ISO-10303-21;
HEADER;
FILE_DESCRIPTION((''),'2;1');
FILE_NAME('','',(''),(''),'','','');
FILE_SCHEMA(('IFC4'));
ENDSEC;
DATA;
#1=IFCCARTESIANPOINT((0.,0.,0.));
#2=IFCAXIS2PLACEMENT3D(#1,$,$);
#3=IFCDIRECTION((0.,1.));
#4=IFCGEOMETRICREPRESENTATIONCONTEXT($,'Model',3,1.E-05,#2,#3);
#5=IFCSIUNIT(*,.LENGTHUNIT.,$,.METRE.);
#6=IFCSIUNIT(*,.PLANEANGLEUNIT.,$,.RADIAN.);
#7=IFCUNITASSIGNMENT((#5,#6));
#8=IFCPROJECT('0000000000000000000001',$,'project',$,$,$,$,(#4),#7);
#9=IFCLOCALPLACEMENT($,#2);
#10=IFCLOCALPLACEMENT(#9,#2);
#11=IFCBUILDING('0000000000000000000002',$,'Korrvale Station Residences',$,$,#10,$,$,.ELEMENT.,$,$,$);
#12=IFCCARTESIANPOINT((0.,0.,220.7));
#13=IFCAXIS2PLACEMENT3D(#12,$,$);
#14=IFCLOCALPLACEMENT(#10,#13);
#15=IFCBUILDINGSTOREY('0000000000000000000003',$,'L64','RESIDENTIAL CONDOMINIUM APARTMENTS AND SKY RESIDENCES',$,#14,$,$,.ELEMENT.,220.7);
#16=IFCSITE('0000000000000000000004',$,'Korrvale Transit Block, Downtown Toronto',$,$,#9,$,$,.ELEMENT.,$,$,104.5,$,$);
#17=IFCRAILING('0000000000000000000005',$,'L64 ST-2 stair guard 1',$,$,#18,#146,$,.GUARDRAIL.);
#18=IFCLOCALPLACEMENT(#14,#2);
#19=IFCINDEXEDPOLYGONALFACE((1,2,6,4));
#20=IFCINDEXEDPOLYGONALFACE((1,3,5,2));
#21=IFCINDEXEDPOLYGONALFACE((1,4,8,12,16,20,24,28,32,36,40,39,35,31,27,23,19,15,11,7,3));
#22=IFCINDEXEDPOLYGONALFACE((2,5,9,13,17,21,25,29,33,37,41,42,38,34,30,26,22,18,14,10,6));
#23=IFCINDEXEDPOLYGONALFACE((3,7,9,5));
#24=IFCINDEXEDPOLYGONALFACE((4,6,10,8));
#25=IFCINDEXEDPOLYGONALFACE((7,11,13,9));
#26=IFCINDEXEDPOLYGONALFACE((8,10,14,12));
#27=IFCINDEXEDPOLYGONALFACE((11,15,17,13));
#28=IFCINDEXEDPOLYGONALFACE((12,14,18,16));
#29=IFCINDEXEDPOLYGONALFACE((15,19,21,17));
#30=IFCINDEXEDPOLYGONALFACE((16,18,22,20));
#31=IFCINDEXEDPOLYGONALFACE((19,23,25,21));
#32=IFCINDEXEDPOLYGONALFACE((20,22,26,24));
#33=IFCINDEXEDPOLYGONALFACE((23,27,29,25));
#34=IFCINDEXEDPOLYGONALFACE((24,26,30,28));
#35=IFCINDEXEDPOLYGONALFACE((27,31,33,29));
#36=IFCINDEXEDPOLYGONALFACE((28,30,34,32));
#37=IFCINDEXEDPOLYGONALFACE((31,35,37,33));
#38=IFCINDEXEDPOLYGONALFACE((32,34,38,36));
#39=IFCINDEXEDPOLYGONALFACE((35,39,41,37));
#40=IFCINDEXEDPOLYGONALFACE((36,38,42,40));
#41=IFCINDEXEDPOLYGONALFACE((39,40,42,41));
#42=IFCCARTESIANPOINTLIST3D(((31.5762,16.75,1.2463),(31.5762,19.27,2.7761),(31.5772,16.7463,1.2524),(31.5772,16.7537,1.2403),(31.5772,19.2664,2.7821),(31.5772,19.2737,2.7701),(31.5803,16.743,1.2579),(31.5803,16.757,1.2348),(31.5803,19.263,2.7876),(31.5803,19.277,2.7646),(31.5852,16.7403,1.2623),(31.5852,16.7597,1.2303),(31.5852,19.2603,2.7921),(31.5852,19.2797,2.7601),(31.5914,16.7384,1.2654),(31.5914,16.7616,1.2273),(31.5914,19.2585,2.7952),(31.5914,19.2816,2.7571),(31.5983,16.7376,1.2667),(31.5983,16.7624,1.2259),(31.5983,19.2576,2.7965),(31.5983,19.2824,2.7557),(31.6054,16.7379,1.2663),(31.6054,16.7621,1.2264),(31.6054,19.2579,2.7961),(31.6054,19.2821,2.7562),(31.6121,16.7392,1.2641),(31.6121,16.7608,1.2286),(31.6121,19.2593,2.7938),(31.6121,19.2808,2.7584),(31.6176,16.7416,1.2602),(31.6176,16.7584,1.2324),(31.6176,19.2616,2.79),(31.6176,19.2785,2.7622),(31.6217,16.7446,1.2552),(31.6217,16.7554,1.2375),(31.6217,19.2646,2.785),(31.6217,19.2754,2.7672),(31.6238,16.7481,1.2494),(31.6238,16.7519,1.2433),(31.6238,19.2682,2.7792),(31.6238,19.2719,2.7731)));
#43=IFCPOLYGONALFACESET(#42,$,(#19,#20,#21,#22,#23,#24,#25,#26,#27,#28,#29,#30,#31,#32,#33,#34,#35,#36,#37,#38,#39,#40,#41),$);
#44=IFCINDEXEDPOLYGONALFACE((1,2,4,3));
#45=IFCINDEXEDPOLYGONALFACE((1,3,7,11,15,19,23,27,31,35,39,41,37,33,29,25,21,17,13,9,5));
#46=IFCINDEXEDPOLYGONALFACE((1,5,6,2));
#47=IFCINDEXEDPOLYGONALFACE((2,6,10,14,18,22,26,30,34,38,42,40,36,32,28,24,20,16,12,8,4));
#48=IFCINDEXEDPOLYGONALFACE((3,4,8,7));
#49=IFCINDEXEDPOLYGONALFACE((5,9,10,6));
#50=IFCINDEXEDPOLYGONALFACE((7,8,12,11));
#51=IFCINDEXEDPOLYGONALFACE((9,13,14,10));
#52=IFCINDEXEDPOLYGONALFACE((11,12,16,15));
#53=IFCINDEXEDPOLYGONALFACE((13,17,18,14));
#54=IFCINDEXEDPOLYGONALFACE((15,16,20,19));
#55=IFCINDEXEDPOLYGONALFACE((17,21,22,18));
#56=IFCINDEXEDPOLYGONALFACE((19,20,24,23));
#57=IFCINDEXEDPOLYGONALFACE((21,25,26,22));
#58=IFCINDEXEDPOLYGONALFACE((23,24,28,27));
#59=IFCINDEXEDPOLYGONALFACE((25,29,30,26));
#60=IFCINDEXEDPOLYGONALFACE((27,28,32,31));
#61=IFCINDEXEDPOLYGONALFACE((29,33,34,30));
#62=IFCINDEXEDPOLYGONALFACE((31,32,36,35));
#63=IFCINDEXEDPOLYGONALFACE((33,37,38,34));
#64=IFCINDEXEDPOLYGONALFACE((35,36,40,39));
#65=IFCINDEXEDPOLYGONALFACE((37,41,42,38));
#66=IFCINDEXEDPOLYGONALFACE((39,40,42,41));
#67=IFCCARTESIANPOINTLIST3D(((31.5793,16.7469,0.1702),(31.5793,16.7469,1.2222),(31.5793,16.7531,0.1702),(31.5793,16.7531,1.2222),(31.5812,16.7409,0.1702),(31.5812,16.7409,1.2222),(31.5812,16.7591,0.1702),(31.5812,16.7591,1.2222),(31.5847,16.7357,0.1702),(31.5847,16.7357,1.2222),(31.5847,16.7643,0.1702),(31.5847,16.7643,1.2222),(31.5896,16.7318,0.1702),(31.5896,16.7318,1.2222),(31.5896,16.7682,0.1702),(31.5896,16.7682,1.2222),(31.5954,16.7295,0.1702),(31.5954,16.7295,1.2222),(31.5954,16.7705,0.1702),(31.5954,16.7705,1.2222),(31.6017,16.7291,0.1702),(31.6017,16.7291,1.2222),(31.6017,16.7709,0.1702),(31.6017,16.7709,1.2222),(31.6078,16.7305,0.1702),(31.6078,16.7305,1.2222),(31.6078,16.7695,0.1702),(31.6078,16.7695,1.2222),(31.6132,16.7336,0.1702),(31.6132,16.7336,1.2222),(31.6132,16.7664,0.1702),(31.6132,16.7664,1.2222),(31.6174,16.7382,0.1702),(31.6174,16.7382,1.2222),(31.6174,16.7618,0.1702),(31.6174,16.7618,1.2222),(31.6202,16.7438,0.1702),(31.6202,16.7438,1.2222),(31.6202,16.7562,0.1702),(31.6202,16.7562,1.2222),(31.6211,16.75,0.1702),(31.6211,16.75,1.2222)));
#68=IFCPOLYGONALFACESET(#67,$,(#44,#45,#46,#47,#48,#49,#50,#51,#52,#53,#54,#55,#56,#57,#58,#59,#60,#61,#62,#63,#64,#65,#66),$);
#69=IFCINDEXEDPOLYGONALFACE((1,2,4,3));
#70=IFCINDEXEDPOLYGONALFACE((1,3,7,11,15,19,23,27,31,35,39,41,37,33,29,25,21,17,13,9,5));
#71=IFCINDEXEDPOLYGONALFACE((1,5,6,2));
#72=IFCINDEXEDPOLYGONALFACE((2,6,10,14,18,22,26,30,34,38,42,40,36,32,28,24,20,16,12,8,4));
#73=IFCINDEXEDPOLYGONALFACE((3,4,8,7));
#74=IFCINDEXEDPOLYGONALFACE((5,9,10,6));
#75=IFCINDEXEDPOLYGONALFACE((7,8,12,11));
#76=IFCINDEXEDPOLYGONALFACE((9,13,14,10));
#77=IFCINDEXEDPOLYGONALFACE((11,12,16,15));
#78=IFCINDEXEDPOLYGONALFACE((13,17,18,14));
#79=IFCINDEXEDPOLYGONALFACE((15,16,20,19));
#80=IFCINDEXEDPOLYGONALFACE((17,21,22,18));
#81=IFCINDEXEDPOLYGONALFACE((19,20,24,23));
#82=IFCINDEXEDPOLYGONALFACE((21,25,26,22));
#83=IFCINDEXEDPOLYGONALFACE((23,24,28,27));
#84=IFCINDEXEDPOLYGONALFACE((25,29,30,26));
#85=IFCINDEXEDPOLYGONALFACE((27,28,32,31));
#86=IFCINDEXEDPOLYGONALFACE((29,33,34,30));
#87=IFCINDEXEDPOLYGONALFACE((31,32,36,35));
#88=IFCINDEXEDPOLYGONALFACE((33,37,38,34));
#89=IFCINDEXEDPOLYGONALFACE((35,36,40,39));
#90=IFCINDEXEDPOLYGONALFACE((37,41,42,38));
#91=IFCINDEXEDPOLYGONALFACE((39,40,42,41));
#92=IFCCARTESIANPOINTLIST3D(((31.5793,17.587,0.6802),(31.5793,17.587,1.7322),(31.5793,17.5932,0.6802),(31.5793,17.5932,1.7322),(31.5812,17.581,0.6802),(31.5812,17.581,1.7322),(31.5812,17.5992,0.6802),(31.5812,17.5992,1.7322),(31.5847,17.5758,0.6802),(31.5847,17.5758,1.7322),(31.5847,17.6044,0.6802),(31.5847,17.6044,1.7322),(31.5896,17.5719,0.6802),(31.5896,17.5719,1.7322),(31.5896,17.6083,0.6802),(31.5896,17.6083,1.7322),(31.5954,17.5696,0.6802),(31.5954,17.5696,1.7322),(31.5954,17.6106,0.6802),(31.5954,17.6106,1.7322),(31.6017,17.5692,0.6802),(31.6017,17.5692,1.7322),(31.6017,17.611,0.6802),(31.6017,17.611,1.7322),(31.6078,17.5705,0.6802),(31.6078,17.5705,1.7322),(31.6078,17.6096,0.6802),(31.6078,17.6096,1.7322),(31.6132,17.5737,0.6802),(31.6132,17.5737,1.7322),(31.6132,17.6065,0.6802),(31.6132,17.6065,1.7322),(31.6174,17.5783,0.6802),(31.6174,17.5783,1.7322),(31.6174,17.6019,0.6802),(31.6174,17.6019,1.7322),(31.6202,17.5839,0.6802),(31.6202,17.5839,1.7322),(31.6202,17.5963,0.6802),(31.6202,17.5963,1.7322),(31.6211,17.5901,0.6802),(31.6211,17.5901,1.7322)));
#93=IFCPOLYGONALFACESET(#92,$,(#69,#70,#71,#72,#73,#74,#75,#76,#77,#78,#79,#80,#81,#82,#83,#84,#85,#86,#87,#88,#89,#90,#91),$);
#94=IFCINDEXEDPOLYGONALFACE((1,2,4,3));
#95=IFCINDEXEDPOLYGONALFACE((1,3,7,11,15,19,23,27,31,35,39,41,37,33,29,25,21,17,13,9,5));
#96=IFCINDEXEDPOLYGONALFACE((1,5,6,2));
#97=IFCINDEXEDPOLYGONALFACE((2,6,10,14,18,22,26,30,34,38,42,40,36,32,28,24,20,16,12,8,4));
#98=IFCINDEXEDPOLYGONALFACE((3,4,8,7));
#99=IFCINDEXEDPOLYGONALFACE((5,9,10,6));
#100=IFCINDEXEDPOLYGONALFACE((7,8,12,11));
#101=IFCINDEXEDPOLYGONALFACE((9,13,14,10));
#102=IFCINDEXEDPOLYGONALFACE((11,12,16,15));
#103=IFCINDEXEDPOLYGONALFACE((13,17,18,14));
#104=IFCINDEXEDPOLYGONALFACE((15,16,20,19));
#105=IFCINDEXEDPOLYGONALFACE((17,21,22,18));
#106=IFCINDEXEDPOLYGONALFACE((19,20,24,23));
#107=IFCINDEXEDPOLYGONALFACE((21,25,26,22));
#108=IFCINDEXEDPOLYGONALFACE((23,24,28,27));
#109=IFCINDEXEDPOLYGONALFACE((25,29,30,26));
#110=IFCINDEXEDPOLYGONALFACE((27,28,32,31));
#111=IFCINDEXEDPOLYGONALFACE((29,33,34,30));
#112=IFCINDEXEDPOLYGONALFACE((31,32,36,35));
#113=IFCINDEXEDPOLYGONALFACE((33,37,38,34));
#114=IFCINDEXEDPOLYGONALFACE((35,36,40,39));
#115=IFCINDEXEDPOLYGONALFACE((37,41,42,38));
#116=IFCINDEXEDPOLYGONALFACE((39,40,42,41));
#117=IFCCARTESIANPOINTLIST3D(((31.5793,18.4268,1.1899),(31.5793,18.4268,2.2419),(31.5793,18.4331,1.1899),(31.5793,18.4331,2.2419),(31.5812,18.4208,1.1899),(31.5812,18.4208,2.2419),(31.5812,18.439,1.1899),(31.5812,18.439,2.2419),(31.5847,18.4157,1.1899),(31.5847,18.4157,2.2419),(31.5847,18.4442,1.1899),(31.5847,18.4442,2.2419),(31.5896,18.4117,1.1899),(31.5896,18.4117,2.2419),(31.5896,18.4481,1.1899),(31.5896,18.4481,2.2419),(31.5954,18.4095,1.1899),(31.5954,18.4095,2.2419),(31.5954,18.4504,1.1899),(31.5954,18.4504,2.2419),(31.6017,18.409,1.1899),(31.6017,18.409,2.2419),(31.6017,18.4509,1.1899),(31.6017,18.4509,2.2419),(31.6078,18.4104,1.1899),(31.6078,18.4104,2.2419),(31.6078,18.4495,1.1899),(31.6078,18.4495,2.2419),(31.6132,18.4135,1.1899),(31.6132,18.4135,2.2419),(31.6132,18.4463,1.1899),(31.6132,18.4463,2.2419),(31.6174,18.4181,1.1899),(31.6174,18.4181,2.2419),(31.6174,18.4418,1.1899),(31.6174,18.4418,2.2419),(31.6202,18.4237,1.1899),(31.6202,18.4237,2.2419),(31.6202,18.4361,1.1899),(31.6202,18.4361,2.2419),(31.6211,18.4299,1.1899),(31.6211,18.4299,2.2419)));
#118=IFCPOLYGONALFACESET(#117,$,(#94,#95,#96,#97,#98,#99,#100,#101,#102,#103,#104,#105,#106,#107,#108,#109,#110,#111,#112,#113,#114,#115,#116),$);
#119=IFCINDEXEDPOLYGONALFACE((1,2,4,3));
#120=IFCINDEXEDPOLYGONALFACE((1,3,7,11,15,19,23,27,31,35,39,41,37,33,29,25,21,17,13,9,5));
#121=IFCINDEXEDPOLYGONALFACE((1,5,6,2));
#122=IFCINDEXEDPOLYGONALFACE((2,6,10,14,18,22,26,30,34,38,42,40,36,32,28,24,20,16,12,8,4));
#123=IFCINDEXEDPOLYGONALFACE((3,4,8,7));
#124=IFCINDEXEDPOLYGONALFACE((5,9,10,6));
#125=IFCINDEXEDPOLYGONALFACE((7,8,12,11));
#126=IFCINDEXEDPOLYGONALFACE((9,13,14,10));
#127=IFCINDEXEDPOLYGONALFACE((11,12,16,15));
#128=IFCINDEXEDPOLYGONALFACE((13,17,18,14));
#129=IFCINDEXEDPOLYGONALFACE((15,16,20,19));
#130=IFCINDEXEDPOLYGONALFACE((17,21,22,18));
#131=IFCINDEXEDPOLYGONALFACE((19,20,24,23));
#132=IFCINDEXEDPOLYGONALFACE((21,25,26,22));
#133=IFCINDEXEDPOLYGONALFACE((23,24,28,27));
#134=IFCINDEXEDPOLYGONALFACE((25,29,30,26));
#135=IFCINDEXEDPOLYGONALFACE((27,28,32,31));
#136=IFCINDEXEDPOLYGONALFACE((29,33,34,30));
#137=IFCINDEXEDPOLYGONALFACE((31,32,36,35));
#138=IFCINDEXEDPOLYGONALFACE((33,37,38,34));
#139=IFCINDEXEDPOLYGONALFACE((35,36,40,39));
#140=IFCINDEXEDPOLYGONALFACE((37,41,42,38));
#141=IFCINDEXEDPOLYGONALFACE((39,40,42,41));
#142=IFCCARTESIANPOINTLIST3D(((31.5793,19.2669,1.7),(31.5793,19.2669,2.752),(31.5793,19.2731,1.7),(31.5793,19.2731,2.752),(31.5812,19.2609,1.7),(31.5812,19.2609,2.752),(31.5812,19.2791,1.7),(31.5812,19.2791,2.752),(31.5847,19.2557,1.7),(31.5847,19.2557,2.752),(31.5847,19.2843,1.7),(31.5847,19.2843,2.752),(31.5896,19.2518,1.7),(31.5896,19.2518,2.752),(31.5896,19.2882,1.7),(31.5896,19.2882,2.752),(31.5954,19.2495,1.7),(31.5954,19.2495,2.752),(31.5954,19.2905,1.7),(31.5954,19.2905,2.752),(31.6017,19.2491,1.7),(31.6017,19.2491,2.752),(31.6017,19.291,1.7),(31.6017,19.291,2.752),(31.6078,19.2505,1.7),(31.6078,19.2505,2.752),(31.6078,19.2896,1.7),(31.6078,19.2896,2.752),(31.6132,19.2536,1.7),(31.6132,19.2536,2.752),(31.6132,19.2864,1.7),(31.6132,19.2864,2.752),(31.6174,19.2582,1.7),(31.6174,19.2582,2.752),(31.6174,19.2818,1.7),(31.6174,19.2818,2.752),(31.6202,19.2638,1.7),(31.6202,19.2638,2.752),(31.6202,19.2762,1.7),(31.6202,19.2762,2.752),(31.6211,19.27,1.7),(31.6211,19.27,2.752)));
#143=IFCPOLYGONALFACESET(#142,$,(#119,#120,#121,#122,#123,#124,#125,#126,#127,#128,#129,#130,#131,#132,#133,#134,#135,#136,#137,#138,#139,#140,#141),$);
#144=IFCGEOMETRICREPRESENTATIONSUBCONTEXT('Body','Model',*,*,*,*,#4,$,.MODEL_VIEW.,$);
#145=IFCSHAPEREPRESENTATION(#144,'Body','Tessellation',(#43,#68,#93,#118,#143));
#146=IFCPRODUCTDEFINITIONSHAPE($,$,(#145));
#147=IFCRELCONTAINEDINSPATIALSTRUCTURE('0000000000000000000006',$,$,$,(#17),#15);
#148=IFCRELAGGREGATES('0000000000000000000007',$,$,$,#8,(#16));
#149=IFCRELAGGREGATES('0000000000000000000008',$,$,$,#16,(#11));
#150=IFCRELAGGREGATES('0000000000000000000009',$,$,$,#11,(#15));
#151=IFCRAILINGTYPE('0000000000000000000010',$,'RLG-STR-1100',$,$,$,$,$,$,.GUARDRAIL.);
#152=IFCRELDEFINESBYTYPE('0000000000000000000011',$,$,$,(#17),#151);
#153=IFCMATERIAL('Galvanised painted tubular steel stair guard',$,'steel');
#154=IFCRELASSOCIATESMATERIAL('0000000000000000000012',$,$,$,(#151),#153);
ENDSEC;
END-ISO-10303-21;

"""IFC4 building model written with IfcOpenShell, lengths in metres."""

from ifc_helpers import new_model, si_unit, direction, frame, origin, origin_2d, place, context, subcontext, project, spatial, circle, extrude, material, type_object, element, save


model = new_model("IFC4")

# Units and contexts
model_context = context("Model", 3, precision=1e-05, world=origin(), true_north=direction((0.0, 1.0)))
body_context = subcontext(model_context, "Body", "Model", "MODEL_VIEW")
ifc_project = project(units=[si_unit("LENGTHUNIT", "METRE"), si_unit("PLANEANGLEUNIT", "RADIAN")], contexts=[model_context])

# Site, building, storey
site_placement = place(None, origin())
site = spatial("IfcSite", under=ifc_project, at=site_placement, Name="Korrvale Transit Block, Downtown Toronto", CompositionType="ELEMENT", RefElevation=104.5)
building_placement = place(site_placement, origin())
building = spatial("IfcBuilding", under=site, at=building_placement, Name="Korrvale Station Residences", CompositionType="ELEMENT")
storey_placement = place(building_placement, frame((0.0, 0.0, 220.7)))
storey = spatial("IfcBuildingStorey", under=building, at=storey_placement, Name="L64", Description="RESIDENTIAL CONDOMINIUM APARTMENTS AND SKY RESIDENCES", CompositionType="ELEMENT", Elevation=220.7)

# Railing
ifc_material_1 = material(Name="Galvanised painted tubular steel stair guard", Category="steel")
railing_type_1 = type_object("IfcRailingType", Name="RLG-STR-1100", PredefinedType="GUARDRAIL", material=ifc_material_1)
railing_1_placement = place(storey_placement, frame((31.6001, 16.75, 0.1702)))
element("IfcRailing", 1, at=railing_1_placement, inside=storey, type_object=railing_type_1, Name="L64 ST-2 stair guard 1", PredefinedType="GUARDRAIL", context=body_context, shape_type="SweptSolid", body=[
    extrude(circle(Radius=0.0239, at=origin_2d()), frame((0.0, 0.0, 1.0762), z_axis=(0.0, 0.854822, 0.518922), x_axis=(-1.0, 0.0, 0.0)), (0.0, 0.0, 1.0), 2.948),
    extrude(circle(Radius=0.021, at=origin_2d()), origin(), (0.0, 0.0, 1.0), 1.052),
    extrude(circle(Radius=0.021, at=origin_2d()), frame((0.0, 0.8401, 0.51)), (0.0, 0.0, 1.0), 1.052),
    extrude(circle(Radius=0.021, at=origin_2d()), frame((0.0, 1.6799, 1.0198)), (0.0, 0.0, 1.0), 1.052),
    extrude(circle(Radius=0.021, at=origin_2d()), frame((0.0, 2.52, 1.5298)), (0.0, 0.0, 1.0), 1.052),
])

save(model, "model.ifc")
